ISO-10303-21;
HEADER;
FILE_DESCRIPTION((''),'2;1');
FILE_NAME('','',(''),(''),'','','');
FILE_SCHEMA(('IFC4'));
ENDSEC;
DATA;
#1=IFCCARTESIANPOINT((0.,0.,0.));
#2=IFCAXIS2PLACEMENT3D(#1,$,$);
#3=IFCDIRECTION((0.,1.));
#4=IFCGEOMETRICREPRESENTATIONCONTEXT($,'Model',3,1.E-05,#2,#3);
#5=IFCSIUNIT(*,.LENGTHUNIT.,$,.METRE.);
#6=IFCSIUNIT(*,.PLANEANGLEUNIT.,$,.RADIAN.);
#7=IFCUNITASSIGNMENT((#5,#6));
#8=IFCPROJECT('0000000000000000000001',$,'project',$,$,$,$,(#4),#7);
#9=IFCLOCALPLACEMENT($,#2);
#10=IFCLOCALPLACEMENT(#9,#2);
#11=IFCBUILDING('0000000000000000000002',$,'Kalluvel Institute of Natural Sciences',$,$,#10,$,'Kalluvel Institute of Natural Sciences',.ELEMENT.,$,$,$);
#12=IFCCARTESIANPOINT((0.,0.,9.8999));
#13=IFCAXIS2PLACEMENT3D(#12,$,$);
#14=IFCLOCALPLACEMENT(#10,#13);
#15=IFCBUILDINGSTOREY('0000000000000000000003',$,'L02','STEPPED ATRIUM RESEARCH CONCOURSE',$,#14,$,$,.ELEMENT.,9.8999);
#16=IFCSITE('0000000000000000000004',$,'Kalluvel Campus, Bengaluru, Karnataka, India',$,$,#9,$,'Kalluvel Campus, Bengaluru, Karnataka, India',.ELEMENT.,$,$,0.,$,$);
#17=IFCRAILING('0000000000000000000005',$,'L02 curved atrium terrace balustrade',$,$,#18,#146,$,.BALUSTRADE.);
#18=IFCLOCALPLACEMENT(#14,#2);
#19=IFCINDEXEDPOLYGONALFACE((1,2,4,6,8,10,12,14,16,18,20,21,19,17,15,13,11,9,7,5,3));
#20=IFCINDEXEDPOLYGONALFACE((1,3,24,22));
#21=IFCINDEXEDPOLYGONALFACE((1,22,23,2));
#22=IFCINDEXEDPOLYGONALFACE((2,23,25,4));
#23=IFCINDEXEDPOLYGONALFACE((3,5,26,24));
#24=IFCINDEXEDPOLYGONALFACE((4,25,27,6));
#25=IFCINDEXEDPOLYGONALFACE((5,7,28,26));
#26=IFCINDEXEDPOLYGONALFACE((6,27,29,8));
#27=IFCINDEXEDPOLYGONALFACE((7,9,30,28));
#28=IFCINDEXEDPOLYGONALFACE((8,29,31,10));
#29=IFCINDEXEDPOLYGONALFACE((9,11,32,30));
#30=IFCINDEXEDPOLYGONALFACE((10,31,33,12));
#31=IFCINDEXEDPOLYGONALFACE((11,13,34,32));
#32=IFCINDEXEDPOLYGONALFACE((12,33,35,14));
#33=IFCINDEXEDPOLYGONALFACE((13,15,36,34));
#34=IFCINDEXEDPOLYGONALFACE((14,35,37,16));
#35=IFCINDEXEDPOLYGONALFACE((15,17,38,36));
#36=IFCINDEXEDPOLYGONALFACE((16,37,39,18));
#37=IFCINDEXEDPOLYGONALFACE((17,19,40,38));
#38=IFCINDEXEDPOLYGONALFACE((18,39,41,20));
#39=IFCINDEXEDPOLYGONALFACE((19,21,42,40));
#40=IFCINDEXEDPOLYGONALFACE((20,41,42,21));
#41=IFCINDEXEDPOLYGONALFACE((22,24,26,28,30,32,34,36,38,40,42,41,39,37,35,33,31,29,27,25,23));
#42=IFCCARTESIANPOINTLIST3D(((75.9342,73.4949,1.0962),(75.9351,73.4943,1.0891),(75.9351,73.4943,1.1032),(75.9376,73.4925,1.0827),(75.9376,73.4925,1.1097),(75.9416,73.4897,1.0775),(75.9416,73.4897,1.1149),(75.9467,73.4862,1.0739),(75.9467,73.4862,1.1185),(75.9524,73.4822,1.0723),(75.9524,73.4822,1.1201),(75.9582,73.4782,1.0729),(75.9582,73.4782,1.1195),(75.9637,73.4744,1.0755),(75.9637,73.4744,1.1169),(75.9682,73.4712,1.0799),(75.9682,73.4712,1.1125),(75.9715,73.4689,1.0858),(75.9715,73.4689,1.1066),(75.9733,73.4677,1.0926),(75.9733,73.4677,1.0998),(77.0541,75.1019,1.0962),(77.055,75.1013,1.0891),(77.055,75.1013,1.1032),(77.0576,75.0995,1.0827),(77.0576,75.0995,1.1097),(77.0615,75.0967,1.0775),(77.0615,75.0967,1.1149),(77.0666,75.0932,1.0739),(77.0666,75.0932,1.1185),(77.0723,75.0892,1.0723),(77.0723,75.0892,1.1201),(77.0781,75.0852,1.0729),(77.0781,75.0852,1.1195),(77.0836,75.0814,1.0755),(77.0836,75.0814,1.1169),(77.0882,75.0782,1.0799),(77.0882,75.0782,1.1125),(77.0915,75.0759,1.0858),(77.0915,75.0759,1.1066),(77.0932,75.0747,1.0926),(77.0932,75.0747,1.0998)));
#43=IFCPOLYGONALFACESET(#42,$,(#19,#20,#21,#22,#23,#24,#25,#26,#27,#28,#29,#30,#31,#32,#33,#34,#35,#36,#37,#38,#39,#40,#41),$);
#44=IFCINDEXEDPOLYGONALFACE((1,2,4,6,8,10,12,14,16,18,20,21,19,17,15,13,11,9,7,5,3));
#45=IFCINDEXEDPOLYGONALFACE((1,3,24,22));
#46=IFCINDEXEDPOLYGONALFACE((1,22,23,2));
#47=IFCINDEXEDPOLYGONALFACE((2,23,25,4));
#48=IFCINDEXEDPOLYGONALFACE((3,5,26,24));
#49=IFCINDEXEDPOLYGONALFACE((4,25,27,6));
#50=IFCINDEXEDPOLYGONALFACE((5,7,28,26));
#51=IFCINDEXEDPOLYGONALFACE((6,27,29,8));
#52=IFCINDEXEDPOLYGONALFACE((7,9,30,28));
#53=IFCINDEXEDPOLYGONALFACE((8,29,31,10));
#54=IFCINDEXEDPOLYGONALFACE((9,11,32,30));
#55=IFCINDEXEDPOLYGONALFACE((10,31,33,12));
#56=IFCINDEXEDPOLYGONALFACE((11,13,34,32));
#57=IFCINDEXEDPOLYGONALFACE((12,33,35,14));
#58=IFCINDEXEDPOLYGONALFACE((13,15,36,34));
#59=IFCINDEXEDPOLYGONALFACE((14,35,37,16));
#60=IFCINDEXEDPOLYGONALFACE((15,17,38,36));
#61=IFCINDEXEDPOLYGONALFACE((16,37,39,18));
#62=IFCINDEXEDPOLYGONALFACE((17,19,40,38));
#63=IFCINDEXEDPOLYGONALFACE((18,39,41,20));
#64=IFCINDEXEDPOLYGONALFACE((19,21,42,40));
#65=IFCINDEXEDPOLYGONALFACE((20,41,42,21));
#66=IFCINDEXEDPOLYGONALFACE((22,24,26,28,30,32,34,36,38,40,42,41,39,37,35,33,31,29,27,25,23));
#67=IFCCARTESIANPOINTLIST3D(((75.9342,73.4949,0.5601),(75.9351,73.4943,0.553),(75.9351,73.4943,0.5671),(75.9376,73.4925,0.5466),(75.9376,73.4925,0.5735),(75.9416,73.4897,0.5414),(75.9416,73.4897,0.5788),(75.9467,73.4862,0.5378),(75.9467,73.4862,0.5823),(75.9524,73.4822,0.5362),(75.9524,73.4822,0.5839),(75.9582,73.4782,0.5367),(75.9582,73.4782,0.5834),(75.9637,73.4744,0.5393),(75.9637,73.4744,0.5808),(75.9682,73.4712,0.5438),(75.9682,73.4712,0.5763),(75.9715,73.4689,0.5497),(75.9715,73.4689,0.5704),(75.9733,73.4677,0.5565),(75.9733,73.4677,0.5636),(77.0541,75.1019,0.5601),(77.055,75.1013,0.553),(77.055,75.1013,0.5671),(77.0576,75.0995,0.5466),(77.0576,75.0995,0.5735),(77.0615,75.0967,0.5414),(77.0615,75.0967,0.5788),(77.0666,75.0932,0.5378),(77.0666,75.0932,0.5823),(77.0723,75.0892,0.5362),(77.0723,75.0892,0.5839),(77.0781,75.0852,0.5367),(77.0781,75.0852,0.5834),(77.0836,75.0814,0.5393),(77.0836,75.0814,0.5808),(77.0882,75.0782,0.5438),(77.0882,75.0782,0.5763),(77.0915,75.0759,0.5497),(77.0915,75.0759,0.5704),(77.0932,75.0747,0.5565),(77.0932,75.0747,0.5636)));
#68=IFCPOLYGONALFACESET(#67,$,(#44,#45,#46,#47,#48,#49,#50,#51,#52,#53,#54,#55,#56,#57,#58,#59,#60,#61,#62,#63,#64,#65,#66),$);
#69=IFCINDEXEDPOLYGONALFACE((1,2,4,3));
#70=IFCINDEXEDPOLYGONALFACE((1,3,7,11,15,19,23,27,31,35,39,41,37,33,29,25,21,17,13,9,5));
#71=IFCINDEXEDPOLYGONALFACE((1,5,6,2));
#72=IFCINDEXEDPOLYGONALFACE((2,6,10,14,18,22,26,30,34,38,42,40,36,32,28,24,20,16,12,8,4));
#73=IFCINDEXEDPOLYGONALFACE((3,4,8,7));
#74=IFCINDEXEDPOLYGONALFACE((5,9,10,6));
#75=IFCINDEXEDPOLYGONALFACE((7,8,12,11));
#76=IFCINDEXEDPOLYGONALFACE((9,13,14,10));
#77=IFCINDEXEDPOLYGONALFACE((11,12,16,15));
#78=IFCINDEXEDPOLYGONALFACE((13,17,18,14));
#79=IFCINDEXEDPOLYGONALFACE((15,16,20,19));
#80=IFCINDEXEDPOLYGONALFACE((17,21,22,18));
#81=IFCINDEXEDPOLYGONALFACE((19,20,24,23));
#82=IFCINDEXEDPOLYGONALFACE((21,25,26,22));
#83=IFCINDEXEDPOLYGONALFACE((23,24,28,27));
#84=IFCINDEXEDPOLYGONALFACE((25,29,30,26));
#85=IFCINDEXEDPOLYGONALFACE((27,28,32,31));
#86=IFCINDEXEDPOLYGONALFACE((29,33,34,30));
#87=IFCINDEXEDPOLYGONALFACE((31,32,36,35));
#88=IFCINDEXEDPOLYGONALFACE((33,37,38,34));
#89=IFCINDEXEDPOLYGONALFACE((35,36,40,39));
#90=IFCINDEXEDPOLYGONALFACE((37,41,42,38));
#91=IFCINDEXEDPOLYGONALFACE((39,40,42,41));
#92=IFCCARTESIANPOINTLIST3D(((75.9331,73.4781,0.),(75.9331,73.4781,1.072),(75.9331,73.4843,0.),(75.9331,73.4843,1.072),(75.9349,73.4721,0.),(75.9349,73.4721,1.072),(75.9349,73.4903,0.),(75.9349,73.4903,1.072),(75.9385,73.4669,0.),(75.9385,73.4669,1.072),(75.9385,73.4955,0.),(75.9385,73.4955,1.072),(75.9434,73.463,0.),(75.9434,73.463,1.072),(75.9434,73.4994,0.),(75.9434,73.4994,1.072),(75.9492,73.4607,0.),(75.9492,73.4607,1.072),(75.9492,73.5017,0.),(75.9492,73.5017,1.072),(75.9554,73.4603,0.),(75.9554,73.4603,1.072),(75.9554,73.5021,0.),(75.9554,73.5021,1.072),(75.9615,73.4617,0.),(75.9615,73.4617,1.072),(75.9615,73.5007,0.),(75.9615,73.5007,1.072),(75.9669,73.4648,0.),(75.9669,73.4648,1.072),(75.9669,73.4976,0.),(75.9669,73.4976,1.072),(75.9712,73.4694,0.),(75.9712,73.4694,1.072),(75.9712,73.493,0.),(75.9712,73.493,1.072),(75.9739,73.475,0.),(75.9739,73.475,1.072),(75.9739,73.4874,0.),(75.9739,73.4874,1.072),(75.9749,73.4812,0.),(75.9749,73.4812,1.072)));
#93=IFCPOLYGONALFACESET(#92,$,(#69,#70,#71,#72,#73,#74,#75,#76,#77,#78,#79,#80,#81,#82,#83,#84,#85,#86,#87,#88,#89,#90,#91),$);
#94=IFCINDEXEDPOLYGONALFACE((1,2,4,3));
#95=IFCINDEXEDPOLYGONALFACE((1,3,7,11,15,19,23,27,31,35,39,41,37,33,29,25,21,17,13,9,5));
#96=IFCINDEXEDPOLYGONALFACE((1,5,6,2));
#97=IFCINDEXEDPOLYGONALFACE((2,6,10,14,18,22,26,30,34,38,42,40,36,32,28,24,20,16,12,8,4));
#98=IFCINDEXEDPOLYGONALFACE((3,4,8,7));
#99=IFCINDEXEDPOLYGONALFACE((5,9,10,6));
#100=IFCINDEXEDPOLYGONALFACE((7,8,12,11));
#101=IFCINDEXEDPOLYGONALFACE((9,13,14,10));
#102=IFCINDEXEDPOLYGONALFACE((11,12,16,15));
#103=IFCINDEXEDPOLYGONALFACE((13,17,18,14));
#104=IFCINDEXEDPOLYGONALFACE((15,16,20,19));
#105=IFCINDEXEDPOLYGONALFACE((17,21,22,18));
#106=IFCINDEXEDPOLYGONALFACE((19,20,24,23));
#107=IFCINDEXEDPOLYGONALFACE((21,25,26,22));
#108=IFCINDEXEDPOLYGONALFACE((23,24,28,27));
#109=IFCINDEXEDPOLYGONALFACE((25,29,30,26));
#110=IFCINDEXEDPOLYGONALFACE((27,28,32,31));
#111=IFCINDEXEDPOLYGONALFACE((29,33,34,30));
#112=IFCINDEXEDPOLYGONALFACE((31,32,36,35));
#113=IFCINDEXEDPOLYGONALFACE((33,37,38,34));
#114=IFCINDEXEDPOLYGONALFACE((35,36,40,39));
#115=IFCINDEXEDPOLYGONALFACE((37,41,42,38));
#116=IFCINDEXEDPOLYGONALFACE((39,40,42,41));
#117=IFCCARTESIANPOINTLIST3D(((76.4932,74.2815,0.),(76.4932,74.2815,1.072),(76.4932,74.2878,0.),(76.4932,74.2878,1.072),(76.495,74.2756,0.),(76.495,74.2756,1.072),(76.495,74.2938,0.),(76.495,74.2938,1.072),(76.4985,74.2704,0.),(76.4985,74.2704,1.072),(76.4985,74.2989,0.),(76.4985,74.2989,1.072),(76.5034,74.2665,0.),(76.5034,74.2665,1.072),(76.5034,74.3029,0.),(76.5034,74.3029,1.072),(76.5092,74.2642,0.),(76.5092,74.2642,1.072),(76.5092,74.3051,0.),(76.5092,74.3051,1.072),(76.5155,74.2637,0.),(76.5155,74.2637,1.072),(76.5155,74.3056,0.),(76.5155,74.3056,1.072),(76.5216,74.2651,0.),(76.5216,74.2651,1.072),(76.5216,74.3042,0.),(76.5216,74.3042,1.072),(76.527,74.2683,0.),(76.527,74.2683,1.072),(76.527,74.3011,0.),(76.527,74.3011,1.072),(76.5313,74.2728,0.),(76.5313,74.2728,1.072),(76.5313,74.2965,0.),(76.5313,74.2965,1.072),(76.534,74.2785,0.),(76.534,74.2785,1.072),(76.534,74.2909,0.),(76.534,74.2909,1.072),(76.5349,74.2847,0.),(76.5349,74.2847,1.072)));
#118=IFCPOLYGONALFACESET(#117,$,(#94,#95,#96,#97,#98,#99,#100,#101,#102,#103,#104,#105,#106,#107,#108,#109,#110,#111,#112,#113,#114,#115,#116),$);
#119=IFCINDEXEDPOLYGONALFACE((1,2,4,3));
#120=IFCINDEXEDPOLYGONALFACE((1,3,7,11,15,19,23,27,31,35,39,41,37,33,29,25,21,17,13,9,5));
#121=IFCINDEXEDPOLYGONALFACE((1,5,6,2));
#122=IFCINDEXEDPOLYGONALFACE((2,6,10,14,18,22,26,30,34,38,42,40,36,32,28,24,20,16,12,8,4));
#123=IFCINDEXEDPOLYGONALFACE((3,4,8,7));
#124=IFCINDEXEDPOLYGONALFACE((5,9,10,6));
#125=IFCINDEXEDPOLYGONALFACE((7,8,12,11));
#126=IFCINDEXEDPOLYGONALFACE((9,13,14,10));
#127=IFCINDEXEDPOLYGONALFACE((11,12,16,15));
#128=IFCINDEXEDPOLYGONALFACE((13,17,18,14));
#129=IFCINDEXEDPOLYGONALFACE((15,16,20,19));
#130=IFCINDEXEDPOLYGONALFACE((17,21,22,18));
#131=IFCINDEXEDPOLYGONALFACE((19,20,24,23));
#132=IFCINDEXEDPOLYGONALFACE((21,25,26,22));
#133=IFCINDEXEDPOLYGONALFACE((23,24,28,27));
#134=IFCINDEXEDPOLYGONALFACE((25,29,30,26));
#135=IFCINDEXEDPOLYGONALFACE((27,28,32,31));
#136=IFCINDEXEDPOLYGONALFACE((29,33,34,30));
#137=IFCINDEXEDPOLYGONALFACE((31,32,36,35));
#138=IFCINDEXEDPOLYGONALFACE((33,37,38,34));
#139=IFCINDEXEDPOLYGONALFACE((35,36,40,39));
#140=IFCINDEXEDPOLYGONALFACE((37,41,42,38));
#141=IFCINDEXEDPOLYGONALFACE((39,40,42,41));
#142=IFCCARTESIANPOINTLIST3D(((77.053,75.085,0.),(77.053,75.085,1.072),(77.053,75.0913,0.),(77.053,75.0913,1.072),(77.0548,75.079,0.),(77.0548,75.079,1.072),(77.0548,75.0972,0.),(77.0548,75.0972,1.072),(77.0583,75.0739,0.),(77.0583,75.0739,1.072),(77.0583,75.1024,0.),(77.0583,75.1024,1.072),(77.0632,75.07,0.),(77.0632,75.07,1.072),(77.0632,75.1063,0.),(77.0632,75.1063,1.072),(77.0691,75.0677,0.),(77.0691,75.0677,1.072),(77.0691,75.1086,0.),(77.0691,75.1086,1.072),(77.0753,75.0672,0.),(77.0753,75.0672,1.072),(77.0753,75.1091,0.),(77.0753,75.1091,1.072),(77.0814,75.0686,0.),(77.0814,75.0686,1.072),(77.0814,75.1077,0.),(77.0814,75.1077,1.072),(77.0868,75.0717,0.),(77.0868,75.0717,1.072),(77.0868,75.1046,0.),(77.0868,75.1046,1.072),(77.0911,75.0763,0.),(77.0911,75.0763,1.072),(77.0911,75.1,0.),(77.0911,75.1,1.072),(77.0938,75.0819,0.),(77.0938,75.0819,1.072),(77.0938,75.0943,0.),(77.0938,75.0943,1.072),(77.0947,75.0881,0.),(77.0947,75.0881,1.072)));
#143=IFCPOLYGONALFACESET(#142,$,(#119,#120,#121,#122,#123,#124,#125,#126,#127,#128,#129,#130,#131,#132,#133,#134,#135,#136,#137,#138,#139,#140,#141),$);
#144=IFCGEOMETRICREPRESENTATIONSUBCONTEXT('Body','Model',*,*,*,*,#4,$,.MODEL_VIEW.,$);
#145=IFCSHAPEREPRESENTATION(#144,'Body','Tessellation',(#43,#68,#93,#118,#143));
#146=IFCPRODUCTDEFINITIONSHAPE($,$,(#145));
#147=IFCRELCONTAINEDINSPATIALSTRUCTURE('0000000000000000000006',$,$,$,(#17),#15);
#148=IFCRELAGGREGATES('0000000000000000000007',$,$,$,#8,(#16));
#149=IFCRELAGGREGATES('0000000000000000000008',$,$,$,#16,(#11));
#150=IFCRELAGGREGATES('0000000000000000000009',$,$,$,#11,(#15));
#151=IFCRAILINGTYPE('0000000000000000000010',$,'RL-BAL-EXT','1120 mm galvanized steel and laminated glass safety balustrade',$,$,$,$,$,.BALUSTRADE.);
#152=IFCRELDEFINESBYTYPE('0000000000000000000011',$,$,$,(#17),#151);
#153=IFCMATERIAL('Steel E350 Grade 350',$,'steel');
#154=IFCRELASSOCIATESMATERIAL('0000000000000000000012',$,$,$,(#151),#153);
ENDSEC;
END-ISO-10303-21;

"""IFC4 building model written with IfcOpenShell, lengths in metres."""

from ifc_helpers import new_model, si_unit, direction, frame, origin, origin_2d, place, context, subcontext, project, spatial, circle, extrude, material, type_object, element, save


model = new_model("IFC4")

# Units and contexts
model_context = context("Model", 3, precision=1e-05, world=origin(), true_north=direction((0.0, 1.0)))
body_context = subcontext(model_context, "Body", "Model", "MODEL_VIEW")
ifc_project = project(units=[si_unit("LENGTHUNIT", "METRE"), si_unit("PLANEANGLEUNIT", "RADIAN")], contexts=[model_context])

# Site, building, storey
site_placement = place(None, origin())
site = spatial("IfcSite", under=ifc_project, at=site_placement, Name="Kalluvel Campus, Bengaluru, Karnataka, India", LongName="Kalluvel Campus, Bengaluru, Karnataka, India", CompositionType="ELEMENT", RefElevation=0.0)
building_placement = place(site_placement, origin())
building = spatial("IfcBuilding", under=site, at=building_placement, Name="Kalluvel Institute of Natural Sciences", LongName="Kalluvel Institute of Natural Sciences", CompositionType="ELEMENT")
storey_placement = place(building_placement, frame((0.0, 0.0, 9.8999)))
storey = spatial("IfcBuildingStorey", under=building, at=storey_placement, Name="L02", Description="STEPPED ATRIUM RESEARCH CONCOURSE", CompositionType="ELEMENT", Elevation=9.8999)

# Railing
ifc_material_1 = material(Name="Steel E350 Grade 350", Category="steel")
railing_type = type_object("IfcRailingType", Name="RL-BAL-EXT", Description="1120 mm galvanized steel and laminated glass safety balustrade", PredefinedType="BALUSTRADE", material=ifc_material_1)
railing_1_placement = place(storey_placement, frame((75.9539, 73.4812, 0.0)))
element("IfcRailing", 1, at=railing_1_placement, inside=storey, type_object=railing_type, Name="L02 curved atrium terrace balustrade", PredefinedType="BALUSTRADE", context=body_context, shape_type="SweptSolid", body=[
    extrude(circle(Radius=0.0239, at=origin_2d()), frame((0.0, 0.0, 1.0962), z_axis=(0.571755, 0.820425, 0.0), x_axis=(-0.820425, 0.571755, 0.0)), (0.0, 0.0, 1.0), 1.9587),
    extrude(circle(Radius=0.0239, at=origin_2d()), frame((0.0, 0.0, 0.5601), z_axis=(0.571755, 0.820425, 0.0), x_axis=(-0.820425, 0.571755, 0.0)), (0.0, 0.0, 1.0), 1.9587),
    extrude(circle(Radius=0.021, at=origin_2d()), origin(), (0.0, 0.0, 1.0), 1.072),
    extrude(circle(Radius=0.021, at=origin_2d()), frame((0.5601, 0.8035, 0.0)), (0.0, 0.0, 1.0), 1.072),
    extrude(circle(Radius=0.021, at=origin_2d()), frame((1.1199, 1.6069, 0.0)), (0.0, 0.0, 1.0), 1.072),
])

save(model, "model.ifc")
